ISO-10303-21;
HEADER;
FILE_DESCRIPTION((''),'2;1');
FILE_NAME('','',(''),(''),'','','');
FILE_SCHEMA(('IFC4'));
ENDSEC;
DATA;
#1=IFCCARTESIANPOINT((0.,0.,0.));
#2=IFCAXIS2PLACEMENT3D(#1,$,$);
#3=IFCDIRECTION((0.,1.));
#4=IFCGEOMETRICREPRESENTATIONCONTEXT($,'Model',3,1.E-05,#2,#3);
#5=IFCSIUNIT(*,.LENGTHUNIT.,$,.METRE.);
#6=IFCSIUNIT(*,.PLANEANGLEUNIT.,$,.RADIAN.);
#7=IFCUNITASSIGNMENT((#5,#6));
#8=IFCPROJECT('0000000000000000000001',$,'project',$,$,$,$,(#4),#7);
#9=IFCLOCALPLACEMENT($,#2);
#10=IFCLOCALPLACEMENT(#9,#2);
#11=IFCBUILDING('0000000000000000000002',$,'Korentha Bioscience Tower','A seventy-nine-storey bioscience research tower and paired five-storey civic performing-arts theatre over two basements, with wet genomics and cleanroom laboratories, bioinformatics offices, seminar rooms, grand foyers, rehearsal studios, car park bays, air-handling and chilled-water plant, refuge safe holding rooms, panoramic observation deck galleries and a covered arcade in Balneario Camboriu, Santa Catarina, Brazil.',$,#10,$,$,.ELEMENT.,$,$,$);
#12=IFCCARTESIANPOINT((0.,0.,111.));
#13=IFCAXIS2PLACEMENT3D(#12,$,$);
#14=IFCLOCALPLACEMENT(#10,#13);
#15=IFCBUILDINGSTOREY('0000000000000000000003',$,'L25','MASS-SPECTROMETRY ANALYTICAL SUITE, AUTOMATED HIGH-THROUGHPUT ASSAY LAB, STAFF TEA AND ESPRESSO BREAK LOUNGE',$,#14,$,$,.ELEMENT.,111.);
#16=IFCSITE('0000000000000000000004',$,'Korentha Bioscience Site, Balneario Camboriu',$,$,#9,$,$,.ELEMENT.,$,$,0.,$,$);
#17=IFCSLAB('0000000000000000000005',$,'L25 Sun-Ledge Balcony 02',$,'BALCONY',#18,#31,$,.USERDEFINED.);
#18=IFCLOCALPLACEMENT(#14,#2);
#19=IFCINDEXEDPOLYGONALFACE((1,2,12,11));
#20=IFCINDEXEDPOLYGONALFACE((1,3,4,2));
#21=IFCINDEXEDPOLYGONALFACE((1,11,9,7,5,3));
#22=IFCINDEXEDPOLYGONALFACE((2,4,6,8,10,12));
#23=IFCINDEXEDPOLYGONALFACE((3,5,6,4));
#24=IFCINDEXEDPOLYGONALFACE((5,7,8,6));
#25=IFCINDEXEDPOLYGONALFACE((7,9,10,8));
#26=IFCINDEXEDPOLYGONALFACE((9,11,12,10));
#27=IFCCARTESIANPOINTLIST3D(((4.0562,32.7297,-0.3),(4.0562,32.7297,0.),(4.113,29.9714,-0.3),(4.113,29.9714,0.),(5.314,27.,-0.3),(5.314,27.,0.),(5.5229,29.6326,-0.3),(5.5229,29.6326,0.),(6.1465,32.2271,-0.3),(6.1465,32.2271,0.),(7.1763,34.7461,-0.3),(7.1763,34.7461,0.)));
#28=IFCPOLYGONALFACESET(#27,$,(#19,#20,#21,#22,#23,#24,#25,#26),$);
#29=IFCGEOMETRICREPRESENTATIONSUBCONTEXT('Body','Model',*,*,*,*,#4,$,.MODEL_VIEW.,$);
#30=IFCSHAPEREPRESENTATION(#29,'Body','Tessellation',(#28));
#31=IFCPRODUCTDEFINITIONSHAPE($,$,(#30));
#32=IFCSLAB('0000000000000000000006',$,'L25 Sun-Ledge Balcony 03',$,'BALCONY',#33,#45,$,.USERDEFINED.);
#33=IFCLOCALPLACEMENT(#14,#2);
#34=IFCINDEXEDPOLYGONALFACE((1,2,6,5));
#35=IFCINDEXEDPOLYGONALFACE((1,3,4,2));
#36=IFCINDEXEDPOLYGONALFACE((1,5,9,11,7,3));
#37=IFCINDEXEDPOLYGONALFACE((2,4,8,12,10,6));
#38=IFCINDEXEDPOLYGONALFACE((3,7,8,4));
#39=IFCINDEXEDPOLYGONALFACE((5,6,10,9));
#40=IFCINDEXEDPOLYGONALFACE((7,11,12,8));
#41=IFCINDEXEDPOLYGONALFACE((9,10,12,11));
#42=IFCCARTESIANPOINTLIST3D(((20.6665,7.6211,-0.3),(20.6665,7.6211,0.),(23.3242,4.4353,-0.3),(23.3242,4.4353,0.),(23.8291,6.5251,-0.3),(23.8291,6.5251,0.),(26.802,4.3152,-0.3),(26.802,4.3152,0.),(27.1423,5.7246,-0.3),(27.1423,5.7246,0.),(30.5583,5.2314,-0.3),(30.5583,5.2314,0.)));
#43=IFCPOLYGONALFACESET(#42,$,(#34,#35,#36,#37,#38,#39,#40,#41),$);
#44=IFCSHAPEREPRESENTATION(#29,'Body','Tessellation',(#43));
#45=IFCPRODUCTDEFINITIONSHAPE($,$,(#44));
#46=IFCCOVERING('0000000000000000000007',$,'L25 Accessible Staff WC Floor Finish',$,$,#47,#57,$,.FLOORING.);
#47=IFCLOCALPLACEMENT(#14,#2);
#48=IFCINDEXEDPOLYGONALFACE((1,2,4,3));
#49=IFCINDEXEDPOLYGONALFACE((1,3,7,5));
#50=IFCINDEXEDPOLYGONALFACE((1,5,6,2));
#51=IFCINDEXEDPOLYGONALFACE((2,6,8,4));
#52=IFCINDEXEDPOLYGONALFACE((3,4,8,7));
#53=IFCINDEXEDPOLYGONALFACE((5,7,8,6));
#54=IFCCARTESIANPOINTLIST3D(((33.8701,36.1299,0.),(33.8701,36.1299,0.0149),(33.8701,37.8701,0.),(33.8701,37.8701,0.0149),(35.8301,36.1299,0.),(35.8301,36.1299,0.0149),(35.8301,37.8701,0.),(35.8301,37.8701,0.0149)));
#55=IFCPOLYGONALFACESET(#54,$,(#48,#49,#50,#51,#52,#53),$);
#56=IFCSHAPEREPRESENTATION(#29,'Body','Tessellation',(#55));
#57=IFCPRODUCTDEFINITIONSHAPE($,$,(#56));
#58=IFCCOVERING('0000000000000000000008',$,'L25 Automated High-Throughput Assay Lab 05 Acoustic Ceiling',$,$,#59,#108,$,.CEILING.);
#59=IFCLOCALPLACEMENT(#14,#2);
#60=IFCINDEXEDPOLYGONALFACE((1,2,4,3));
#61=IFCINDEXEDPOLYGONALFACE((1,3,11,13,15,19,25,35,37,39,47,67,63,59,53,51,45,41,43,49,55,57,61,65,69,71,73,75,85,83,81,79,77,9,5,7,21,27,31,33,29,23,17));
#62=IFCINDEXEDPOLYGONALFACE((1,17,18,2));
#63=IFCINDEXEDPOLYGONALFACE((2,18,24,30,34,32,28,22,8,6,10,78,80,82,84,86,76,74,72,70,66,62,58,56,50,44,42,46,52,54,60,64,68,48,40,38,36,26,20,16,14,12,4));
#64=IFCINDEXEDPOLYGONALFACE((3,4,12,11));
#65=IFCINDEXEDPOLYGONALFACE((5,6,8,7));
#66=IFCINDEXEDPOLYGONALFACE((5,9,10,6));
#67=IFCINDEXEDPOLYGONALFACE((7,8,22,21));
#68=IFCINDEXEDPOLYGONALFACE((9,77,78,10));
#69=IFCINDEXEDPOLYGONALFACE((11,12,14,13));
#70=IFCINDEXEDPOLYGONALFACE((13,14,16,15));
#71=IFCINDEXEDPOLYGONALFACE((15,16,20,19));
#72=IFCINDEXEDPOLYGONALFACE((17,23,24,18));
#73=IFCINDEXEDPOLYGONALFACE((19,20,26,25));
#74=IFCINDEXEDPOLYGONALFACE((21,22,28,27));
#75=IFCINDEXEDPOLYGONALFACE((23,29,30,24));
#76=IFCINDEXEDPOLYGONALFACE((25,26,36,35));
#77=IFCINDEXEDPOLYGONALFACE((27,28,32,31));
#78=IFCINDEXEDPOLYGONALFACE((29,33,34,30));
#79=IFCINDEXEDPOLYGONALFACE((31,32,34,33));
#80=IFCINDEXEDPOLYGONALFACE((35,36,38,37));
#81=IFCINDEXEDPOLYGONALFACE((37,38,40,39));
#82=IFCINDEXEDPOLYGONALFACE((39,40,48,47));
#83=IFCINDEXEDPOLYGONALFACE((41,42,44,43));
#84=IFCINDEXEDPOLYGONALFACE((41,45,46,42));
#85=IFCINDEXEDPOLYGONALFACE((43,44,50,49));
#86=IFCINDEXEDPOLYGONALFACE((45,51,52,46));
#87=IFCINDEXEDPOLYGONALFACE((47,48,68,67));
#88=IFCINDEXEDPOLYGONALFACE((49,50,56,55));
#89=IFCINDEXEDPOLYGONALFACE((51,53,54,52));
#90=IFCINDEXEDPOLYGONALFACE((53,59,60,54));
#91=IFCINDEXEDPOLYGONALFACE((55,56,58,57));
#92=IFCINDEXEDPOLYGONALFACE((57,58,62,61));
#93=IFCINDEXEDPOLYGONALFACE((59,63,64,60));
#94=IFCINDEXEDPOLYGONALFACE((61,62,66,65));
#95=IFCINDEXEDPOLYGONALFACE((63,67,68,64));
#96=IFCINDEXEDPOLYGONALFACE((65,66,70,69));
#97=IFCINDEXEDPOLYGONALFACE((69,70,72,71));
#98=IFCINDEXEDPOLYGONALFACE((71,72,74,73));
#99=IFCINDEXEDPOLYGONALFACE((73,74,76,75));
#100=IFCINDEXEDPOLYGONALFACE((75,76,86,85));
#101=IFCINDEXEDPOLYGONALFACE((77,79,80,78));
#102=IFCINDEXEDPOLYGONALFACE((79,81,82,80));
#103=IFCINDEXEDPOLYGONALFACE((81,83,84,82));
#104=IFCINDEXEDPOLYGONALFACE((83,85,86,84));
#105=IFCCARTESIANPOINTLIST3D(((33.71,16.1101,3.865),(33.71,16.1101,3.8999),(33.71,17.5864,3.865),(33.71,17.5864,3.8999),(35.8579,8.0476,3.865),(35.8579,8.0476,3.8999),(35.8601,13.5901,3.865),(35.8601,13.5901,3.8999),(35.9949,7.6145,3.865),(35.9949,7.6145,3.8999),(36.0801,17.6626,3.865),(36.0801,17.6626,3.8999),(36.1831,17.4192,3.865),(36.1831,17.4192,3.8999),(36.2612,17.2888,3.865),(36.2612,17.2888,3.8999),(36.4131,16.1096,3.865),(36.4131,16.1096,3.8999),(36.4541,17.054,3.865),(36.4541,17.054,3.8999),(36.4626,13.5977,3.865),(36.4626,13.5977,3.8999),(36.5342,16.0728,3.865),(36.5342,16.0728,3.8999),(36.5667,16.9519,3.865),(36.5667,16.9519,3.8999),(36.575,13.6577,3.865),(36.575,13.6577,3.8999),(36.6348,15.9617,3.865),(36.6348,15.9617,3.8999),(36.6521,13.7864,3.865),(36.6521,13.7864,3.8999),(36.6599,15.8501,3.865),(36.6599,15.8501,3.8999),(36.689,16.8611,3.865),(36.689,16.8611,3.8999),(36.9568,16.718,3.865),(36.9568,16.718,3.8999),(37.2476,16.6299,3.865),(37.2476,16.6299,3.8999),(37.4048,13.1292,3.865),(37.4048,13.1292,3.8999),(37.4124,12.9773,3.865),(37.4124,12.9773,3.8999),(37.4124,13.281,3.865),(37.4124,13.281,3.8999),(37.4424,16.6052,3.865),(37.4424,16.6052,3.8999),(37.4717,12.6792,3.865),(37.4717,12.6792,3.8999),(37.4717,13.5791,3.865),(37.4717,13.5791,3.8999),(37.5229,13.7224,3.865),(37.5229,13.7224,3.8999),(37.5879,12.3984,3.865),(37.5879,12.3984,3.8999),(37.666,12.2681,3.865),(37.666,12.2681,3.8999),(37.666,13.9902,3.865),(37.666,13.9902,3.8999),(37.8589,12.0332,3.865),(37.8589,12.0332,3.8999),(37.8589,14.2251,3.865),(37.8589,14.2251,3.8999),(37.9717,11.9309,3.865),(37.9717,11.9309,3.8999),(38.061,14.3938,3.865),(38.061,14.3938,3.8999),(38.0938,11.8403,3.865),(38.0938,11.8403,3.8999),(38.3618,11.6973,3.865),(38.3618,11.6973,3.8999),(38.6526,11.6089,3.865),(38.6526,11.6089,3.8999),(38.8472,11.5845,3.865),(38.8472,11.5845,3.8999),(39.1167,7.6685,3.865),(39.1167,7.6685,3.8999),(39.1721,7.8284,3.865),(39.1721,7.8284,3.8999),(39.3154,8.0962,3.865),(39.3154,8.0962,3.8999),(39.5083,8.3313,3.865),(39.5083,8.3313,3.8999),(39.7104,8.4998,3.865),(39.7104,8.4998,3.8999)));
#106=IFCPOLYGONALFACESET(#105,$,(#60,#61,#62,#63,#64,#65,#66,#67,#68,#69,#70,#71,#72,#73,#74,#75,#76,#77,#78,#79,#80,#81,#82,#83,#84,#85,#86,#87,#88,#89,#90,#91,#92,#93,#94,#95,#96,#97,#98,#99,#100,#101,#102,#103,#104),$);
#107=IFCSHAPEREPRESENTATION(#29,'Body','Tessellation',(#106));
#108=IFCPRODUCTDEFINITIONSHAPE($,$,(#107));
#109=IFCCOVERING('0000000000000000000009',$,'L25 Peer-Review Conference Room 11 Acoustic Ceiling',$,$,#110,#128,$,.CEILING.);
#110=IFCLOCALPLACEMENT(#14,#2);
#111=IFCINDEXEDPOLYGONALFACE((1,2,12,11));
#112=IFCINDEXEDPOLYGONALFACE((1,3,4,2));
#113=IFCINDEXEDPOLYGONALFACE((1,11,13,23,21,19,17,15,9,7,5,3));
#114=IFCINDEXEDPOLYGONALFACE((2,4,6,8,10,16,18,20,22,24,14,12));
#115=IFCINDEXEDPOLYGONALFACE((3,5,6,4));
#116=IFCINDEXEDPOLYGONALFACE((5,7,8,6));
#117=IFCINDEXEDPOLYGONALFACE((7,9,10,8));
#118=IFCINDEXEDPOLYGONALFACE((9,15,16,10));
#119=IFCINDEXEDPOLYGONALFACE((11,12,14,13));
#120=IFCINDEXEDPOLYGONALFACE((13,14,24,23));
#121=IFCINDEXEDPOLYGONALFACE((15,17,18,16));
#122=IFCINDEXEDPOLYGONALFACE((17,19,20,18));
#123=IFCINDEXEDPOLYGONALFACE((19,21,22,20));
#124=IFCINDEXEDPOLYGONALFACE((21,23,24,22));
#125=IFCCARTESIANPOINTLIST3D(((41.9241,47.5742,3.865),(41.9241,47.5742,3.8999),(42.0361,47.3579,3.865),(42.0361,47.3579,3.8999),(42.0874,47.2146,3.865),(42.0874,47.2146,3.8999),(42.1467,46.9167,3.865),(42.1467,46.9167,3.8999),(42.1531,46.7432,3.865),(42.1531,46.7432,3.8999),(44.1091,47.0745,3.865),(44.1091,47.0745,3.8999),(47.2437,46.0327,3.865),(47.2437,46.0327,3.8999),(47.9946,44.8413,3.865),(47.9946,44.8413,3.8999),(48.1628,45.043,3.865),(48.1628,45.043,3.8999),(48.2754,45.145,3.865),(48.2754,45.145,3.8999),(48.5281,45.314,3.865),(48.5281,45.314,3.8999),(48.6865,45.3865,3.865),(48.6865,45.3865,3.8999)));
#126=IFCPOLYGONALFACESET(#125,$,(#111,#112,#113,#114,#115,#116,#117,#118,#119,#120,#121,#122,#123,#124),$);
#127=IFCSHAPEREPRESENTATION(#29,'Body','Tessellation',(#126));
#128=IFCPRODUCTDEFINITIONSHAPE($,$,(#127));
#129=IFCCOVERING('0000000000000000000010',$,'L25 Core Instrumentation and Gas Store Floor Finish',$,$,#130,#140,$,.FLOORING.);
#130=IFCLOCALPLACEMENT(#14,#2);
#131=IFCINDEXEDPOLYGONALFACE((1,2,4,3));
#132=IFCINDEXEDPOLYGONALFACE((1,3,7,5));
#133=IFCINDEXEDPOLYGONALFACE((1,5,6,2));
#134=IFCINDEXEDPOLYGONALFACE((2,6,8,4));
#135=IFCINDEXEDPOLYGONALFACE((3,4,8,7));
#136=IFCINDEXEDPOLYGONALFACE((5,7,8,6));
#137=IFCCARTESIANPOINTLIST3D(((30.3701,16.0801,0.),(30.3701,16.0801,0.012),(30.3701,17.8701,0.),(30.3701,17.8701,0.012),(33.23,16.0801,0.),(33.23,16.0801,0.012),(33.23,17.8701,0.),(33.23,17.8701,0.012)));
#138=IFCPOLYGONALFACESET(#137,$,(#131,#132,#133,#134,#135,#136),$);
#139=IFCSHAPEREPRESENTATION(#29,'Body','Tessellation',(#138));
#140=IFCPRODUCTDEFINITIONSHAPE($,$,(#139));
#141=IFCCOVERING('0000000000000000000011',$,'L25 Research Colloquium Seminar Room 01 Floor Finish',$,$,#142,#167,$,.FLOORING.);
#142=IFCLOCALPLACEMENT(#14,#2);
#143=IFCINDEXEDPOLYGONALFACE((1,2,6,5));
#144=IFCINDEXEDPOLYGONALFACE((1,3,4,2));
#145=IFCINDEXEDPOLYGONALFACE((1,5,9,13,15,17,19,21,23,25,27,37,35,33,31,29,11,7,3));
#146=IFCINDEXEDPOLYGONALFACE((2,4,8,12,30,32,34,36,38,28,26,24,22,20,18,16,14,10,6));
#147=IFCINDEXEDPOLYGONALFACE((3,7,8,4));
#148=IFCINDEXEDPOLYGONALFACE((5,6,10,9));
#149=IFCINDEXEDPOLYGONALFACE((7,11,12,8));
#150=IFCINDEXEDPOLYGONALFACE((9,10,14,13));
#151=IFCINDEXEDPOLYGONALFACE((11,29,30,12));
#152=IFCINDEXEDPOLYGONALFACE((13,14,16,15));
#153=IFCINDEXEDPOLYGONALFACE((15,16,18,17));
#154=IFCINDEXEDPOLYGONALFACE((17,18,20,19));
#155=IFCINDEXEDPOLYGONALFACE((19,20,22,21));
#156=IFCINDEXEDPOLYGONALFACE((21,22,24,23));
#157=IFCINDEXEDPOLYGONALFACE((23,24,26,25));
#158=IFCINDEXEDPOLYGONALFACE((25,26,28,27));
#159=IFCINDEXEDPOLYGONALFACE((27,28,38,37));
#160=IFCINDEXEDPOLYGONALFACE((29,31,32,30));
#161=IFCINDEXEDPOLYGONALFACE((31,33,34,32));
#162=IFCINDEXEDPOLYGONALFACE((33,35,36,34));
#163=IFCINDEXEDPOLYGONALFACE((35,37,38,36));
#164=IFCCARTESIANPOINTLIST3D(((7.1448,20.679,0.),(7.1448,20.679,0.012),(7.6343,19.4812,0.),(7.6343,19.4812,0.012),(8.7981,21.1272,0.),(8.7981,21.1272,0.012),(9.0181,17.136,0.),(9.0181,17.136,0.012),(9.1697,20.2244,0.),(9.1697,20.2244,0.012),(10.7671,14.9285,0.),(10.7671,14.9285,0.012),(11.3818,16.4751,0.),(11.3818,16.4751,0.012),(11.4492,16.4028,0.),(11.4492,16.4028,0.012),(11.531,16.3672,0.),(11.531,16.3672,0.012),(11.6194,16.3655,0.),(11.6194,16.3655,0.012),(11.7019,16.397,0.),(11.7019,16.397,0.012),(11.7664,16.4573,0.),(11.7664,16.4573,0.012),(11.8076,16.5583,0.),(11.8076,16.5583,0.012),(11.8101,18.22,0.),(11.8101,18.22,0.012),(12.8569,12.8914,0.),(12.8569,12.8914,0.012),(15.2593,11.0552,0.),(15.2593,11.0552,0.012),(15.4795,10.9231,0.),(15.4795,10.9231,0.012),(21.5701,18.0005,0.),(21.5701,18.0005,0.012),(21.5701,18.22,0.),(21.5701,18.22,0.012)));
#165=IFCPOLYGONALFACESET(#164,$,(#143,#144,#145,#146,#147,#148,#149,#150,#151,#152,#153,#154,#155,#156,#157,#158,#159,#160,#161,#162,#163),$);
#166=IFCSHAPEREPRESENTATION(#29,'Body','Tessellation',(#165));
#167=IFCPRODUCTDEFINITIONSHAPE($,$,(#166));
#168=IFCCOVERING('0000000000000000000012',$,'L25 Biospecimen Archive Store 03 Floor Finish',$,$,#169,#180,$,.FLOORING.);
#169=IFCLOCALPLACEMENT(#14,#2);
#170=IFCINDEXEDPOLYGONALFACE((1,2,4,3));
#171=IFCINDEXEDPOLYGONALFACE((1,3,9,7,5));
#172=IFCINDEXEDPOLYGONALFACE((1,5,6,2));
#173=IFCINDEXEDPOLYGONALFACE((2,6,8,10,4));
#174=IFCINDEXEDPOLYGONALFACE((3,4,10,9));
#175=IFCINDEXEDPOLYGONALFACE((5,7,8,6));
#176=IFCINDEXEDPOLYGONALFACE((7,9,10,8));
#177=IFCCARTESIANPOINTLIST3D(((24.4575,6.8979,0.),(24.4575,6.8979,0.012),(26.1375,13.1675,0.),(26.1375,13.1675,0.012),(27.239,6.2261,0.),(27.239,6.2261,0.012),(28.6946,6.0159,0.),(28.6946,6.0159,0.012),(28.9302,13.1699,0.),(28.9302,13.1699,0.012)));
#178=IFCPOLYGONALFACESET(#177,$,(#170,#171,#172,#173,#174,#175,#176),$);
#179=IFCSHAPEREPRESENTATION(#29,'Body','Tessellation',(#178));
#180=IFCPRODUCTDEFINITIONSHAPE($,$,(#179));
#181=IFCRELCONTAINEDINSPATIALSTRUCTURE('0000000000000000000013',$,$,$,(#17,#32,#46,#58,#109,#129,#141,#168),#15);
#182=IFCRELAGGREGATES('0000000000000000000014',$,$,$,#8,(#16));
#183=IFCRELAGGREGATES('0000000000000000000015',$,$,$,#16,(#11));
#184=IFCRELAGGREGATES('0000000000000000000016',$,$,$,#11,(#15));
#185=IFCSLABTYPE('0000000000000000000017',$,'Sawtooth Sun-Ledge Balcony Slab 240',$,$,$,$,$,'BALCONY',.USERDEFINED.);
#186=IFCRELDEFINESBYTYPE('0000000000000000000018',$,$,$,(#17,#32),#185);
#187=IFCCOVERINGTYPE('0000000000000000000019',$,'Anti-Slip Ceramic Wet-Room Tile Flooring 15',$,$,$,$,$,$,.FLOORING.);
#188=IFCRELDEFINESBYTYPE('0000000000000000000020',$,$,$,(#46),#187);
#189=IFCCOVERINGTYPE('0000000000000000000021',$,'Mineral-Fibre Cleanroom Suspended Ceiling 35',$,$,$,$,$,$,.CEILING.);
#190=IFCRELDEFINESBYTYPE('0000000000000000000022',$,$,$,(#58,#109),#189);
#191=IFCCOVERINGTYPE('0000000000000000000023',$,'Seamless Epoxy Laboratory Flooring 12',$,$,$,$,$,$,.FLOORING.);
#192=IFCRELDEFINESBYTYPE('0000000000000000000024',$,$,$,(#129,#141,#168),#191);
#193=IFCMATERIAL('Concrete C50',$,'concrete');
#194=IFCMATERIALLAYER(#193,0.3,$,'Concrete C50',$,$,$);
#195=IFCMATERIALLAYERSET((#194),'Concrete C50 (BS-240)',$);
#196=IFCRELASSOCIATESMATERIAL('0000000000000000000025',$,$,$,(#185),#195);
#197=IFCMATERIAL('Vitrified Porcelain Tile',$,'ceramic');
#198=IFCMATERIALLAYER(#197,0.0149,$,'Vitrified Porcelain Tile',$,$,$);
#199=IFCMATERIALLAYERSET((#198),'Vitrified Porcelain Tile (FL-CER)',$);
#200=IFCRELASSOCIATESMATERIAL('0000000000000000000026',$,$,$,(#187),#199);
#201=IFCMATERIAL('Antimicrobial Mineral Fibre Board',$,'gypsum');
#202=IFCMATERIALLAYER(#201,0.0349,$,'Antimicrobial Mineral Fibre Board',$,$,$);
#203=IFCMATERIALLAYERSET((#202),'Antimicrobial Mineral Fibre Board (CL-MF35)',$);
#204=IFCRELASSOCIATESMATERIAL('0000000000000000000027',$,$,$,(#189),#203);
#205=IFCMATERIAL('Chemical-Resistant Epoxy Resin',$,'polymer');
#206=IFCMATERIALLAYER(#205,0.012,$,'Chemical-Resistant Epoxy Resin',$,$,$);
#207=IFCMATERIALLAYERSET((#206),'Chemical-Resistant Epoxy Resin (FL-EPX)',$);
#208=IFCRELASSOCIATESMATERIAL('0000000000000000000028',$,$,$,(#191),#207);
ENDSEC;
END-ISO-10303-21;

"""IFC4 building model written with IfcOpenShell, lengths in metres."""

from ifc_helpers import new_model, si_unit, direction, frame, origin, place, context, subcontext, project, spatial, polyline, outline, extrude, material, layer, layer_set, type_object, element, save


model = new_model("IFC4")

# Units and contexts
model_context = context("Model", 3, precision=1e-05, world=origin(), true_north=direction((0.0, 1.0)))
body_context = subcontext(model_context, "Body", "Model", "MODEL_VIEW")
ifc_project = project(units=[si_unit("LENGTHUNIT", "METRE"), si_unit("PLANEANGLEUNIT", "RADIAN")], contexts=[model_context])

# Site, building, storey
site_placement = place(None, origin())
site = spatial("IfcSite", under=ifc_project, at=site_placement, Name="Korentha Bioscience Site, Balneario Camboriu", CompositionType="ELEMENT", RefElevation=0.0)
building_placement = place(site_placement, origin())
building = spatial("IfcBuilding", under=site, at=building_placement, Name="Korentha Bioscience Tower", Description="A seventy-nine-storey bioscience research tower and paired five-storey civic performing-arts theatre over two basements, with wet genomics and cleanroom laboratories, bioinformatics offices, seminar rooms, grand foyers, rehearsal studios, car park bays, air-handling and chilled-water plant, refuge safe holding rooms, panoramic observation deck galleries and a covered arcade in Balneario Camboriu, Santa Catarina, Brazil.", CompositionType="ELEMENT")
storey_placement = place(building_placement, frame((0.0, 0.0, 111.0)))
storey = spatial("IfcBuildingStorey", under=building, at=storey_placement, Name="L25", Description="MASS-SPECTROMETRY ANALYTICAL SUITE, AUTOMATED HIGH-THROUGHPUT ASSAY LAB, STAFF TEA AND ESPRESSO BREAK LOUNGE", CompositionType="ELEMENT", Elevation=111.0)

# Shared definitions
ifc_material_1 = material(Name="Concrete C50", Category="concrete")

# Slabs
ifc_layer_1 = layer(ifc_material_1, 0.3, Name="Concrete C50")
ifc_layer_set_1 = layer_set([ifc_layer_1], Name="Concrete C50 (BS-240)")
slab_type_1 = type_object("IfcSlabType", Name="Sawtooth Sun-Ledge Balcony Slab 240", ElementType="BALCONY", PredefinedType="USERDEFINED", material=ifc_layer_set_1)
slab_1_placement = place(storey_placement, frame((0.0, 0.0, -0.3)))
element("IfcSlab", 1, at=slab_1_placement, inside=storey, type_object=slab_type_1, Name="L25 Sun-Ledge Balcony 02", ObjectType="BALCONY", PredefinedType="USERDEFINED", context=body_context, shape_type="SweptSolid", body=[
    extrude(outline(polyline([(5.314, 27.0), (5.5229, 29.6326), (6.1465, 32.2271), (7.1763, 34.7461), (4.0562, 32.7297), (4.113, 29.9714), (5.314, 27.0)])), origin(), (0.0, 0.0, 1.0), 0.3),
])
slab_2_placement = place(storey_placement, frame((0.0, 0.0, -0.3)))
element("IfcSlab", 2, at=slab_2_placement, inside=storey, type_object=slab_type_1, Name="L25 Sun-Ledge Balcony 03", ObjectType="BALCONY", PredefinedType="USERDEFINED", context=body_context, shape_type="SweptSolid", body=[
    extrude(outline(polyline([(30.5583, 5.2314), (27.1423, 5.7246), (23.8291, 6.5251), (20.6665, 7.6211), (23.3242, 4.4353), (26.802, 4.3152), (30.5583, 5.2314)])), origin(), (0.0, 0.0, 1.0), 0.3),
])

# Coverings
ifc_material_2 = material(Name="Vitrified Porcelain Tile", Category="ceramic")
ifc_layer_2 = layer(ifc_material_2, 0.0149, Name="Vitrified Porcelain Tile")
ifc_layer_set_2 = layer_set([ifc_layer_2], Name="Vitrified Porcelain Tile (FL-CER)")
covering_type_1 = type_object("IfcCoveringType", Name="Anti-Slip Ceramic Wet-Room Tile Flooring 15", PredefinedType="FLOORING", material=ifc_layer_set_2)
covering_1_placement = place(storey_placement, origin())
element("IfcCovering", 3, at=covering_1_placement, inside=storey, type_object=covering_type_1, Name="L25 Accessible Staff WC Floor Finish", PredefinedType="FLOORING", context=body_context, shape_type="SweptSolid", body=[
    extrude(outline(polyline([(33.8701, 36.1299), (33.8701, 37.8701), (35.8301, 37.8701), (35.8301, 36.1299), (33.8701, 36.1299)])), origin(), (0.0, 0.0, 1.0), 0.0149),
])
ifc_material_3 = material(Name="Antimicrobial Mineral Fibre Board", Category="gypsum")
ifc_layer_3 = layer(ifc_material_3, 0.0349, Name="Antimicrobial Mineral Fibre Board")
ifc_layer_set_3 = layer_set([ifc_layer_3], Name="Antimicrobial Mineral Fibre Board (CL-MF35)")
covering_type_2 = type_object("IfcCoveringType", Name="Mineral-Fibre Cleanroom Suspended Ceiling 35", PredefinedType="CEILING", material=ifc_layer_set_3)
covering_2_placement = place(storey_placement, frame((0.0, 0.0, 3.865)))
element("IfcCovering", 4, at=covering_2_placement, inside=storey, type_object=covering_type_2, Name="L25 Automated High-Throughput Assay Lab 05 Acoustic Ceiling", PredefinedType="CEILING", context=body_context, shape_type="SweptSolid", body=[
    extrude(outline(polyline([(35.8579, 8.0476), (35.8601, 13.5901), (36.4626, 13.5977), (36.575, 13.6577), (36.6521, 13.7864), (36.6599, 15.8501), (36.6348, 15.9617), (36.5342, 16.0728), (36.4131, 16.1096), (33.71, 16.1101), (33.71, 17.5864), (36.0801, 17.6626), (36.1831, 17.4192), (36.2612, 17.2888), (36.4541, 17.054), (36.5667, 16.9519), (36.689, 16.8611), (36.9568, 16.718), (37.2476, 16.6299), (37.4424, 16.6052), (38.061, 14.3938), (37.8589, 14.2251), (37.666, 13.9902), (37.5229, 13.7224), (37.4717, 13.5791), (37.4124, 13.281), (37.4048, 13.1292), (37.4124, 12.9773), (37.4717, 12.6792), (37.5879, 12.3984), (37.666, 12.2681), (37.8589, 12.0332), (37.9717, 11.9309), (38.0938, 11.8403), (38.3618, 11.6973), (38.6526, 11.6089), (38.8472, 11.5845), (39.7104, 8.4998), (39.5083, 8.3313), (39.3154, 8.0962), (39.1721, 7.8284), (39.1167, 7.6685), (35.9949, 7.6145), (35.8579, 8.0476)])), origin(), (0.0, 0.0, 1.0), 0.0349),
])
covering_3_placement = place(storey_placement, frame((0.0, 0.0, 3.865)))
element("IfcCovering", 5, at=covering_3_placement, inside=storey, type_object=covering_type_2, Name="L25 Peer-Review Conference Room 11 Acoustic Ceiling", PredefinedType="CEILING", context=body_context, shape_type="SweptSolid", body=[
    extrude(outline(polyline([(42.1531, 46.7432), (42.1467, 46.9167), (42.0874, 47.2146), (42.0361, 47.3579), (41.9241, 47.5742), (44.1091, 47.0745), (47.2437, 46.0327), (48.6865, 45.3865), (48.5281, 45.314), (48.2754, 45.145), (48.1628, 45.043), (47.9946, 44.8413), (42.1531, 46.7432)])), origin(), (0.0, 0.0, 1.0), 0.0349),
])
ifc_material_4 = material(Name="Chemical-Resistant Epoxy Resin", Category="polymer")
ifc_layer_4 = layer(ifc_material_4, 0.012, Name="Chemical-Resistant Epoxy Resin")
ifc_layer_set_4 = layer_set([ifc_layer_4], Name="Chemical-Resistant Epoxy Resin (FL-EPX)")
covering_type_3 = type_object("IfcCoveringType", Name="Seamless Epoxy Laboratory Flooring 12", PredefinedType="FLOORING", material=ifc_layer_set_4)
covering_4_placement = place(storey_placement, origin())
element("IfcCovering", 6, at=covering_4_placement, inside=storey, type_object=covering_type_3, Name="L25 Core Instrumentation and Gas Store Floor Finish", PredefinedType="FLOORING", context=body_context, shape_type="SweptSolid", body=[
    extrude(outline(polyline([(30.3701, 16.0801), (30.3701, 17.8701), (33.23, 17.8701), (33.23, 16.0801), (30.3701, 16.0801)])), origin(), (0.0, 0.0, 1.0), 0.012),
])
covering_5_placement = place(storey_placement, origin())
element("IfcCovering", 7, at=covering_5_placement, inside=storey, type_object=covering_type_3, Name="L25 Research Colloquium Seminar Room 01 Floor Finish", PredefinedType="FLOORING", context=body_context, shape_type="SweptSolid", body=[
    extrude(outline(polyline([(10.7671, 14.9285), (9.0181, 17.136), (7.6343, 19.4812), (7.1448, 20.679), (8.7981, 21.1272), (9.1697, 20.2244), (11.3818, 16.4751), (11.4492, 16.4028), (11.531, 16.3672), (11.6194, 16.3655), (11.7019, 16.397), (11.7664, 16.4573), (11.8076, 16.5583), (11.8101, 18.22), (21.5701, 18.22), (21.5701, 18.0005), (15.4795, 10.9231), (15.2593, 11.0552), (12.8569, 12.8914), (10.7671, 14.9285)])), origin(), (0.0, 0.0, 1.0), 0.012),
])
covering_6_placement = place(storey_placement, origin())
element("IfcCovering", 8, at=covering_6_placement, inside=storey, type_object=covering_type_3, Name="L25 Biospecimen Archive Store 03 Floor Finish", PredefinedType="FLOORING", context=body_context, shape_type="SweptSolid", body=[
    extrude(outline(polyline([(26.1375, 13.1675), (28.9302, 13.1699), (28.6946, 6.0159), (27.239, 6.2261), (24.4575, 6.8979), (26.1375, 13.1675)])), origin(), (0.0, 0.0, 1.0), 0.012),
])

save(model, "model.ifc")
